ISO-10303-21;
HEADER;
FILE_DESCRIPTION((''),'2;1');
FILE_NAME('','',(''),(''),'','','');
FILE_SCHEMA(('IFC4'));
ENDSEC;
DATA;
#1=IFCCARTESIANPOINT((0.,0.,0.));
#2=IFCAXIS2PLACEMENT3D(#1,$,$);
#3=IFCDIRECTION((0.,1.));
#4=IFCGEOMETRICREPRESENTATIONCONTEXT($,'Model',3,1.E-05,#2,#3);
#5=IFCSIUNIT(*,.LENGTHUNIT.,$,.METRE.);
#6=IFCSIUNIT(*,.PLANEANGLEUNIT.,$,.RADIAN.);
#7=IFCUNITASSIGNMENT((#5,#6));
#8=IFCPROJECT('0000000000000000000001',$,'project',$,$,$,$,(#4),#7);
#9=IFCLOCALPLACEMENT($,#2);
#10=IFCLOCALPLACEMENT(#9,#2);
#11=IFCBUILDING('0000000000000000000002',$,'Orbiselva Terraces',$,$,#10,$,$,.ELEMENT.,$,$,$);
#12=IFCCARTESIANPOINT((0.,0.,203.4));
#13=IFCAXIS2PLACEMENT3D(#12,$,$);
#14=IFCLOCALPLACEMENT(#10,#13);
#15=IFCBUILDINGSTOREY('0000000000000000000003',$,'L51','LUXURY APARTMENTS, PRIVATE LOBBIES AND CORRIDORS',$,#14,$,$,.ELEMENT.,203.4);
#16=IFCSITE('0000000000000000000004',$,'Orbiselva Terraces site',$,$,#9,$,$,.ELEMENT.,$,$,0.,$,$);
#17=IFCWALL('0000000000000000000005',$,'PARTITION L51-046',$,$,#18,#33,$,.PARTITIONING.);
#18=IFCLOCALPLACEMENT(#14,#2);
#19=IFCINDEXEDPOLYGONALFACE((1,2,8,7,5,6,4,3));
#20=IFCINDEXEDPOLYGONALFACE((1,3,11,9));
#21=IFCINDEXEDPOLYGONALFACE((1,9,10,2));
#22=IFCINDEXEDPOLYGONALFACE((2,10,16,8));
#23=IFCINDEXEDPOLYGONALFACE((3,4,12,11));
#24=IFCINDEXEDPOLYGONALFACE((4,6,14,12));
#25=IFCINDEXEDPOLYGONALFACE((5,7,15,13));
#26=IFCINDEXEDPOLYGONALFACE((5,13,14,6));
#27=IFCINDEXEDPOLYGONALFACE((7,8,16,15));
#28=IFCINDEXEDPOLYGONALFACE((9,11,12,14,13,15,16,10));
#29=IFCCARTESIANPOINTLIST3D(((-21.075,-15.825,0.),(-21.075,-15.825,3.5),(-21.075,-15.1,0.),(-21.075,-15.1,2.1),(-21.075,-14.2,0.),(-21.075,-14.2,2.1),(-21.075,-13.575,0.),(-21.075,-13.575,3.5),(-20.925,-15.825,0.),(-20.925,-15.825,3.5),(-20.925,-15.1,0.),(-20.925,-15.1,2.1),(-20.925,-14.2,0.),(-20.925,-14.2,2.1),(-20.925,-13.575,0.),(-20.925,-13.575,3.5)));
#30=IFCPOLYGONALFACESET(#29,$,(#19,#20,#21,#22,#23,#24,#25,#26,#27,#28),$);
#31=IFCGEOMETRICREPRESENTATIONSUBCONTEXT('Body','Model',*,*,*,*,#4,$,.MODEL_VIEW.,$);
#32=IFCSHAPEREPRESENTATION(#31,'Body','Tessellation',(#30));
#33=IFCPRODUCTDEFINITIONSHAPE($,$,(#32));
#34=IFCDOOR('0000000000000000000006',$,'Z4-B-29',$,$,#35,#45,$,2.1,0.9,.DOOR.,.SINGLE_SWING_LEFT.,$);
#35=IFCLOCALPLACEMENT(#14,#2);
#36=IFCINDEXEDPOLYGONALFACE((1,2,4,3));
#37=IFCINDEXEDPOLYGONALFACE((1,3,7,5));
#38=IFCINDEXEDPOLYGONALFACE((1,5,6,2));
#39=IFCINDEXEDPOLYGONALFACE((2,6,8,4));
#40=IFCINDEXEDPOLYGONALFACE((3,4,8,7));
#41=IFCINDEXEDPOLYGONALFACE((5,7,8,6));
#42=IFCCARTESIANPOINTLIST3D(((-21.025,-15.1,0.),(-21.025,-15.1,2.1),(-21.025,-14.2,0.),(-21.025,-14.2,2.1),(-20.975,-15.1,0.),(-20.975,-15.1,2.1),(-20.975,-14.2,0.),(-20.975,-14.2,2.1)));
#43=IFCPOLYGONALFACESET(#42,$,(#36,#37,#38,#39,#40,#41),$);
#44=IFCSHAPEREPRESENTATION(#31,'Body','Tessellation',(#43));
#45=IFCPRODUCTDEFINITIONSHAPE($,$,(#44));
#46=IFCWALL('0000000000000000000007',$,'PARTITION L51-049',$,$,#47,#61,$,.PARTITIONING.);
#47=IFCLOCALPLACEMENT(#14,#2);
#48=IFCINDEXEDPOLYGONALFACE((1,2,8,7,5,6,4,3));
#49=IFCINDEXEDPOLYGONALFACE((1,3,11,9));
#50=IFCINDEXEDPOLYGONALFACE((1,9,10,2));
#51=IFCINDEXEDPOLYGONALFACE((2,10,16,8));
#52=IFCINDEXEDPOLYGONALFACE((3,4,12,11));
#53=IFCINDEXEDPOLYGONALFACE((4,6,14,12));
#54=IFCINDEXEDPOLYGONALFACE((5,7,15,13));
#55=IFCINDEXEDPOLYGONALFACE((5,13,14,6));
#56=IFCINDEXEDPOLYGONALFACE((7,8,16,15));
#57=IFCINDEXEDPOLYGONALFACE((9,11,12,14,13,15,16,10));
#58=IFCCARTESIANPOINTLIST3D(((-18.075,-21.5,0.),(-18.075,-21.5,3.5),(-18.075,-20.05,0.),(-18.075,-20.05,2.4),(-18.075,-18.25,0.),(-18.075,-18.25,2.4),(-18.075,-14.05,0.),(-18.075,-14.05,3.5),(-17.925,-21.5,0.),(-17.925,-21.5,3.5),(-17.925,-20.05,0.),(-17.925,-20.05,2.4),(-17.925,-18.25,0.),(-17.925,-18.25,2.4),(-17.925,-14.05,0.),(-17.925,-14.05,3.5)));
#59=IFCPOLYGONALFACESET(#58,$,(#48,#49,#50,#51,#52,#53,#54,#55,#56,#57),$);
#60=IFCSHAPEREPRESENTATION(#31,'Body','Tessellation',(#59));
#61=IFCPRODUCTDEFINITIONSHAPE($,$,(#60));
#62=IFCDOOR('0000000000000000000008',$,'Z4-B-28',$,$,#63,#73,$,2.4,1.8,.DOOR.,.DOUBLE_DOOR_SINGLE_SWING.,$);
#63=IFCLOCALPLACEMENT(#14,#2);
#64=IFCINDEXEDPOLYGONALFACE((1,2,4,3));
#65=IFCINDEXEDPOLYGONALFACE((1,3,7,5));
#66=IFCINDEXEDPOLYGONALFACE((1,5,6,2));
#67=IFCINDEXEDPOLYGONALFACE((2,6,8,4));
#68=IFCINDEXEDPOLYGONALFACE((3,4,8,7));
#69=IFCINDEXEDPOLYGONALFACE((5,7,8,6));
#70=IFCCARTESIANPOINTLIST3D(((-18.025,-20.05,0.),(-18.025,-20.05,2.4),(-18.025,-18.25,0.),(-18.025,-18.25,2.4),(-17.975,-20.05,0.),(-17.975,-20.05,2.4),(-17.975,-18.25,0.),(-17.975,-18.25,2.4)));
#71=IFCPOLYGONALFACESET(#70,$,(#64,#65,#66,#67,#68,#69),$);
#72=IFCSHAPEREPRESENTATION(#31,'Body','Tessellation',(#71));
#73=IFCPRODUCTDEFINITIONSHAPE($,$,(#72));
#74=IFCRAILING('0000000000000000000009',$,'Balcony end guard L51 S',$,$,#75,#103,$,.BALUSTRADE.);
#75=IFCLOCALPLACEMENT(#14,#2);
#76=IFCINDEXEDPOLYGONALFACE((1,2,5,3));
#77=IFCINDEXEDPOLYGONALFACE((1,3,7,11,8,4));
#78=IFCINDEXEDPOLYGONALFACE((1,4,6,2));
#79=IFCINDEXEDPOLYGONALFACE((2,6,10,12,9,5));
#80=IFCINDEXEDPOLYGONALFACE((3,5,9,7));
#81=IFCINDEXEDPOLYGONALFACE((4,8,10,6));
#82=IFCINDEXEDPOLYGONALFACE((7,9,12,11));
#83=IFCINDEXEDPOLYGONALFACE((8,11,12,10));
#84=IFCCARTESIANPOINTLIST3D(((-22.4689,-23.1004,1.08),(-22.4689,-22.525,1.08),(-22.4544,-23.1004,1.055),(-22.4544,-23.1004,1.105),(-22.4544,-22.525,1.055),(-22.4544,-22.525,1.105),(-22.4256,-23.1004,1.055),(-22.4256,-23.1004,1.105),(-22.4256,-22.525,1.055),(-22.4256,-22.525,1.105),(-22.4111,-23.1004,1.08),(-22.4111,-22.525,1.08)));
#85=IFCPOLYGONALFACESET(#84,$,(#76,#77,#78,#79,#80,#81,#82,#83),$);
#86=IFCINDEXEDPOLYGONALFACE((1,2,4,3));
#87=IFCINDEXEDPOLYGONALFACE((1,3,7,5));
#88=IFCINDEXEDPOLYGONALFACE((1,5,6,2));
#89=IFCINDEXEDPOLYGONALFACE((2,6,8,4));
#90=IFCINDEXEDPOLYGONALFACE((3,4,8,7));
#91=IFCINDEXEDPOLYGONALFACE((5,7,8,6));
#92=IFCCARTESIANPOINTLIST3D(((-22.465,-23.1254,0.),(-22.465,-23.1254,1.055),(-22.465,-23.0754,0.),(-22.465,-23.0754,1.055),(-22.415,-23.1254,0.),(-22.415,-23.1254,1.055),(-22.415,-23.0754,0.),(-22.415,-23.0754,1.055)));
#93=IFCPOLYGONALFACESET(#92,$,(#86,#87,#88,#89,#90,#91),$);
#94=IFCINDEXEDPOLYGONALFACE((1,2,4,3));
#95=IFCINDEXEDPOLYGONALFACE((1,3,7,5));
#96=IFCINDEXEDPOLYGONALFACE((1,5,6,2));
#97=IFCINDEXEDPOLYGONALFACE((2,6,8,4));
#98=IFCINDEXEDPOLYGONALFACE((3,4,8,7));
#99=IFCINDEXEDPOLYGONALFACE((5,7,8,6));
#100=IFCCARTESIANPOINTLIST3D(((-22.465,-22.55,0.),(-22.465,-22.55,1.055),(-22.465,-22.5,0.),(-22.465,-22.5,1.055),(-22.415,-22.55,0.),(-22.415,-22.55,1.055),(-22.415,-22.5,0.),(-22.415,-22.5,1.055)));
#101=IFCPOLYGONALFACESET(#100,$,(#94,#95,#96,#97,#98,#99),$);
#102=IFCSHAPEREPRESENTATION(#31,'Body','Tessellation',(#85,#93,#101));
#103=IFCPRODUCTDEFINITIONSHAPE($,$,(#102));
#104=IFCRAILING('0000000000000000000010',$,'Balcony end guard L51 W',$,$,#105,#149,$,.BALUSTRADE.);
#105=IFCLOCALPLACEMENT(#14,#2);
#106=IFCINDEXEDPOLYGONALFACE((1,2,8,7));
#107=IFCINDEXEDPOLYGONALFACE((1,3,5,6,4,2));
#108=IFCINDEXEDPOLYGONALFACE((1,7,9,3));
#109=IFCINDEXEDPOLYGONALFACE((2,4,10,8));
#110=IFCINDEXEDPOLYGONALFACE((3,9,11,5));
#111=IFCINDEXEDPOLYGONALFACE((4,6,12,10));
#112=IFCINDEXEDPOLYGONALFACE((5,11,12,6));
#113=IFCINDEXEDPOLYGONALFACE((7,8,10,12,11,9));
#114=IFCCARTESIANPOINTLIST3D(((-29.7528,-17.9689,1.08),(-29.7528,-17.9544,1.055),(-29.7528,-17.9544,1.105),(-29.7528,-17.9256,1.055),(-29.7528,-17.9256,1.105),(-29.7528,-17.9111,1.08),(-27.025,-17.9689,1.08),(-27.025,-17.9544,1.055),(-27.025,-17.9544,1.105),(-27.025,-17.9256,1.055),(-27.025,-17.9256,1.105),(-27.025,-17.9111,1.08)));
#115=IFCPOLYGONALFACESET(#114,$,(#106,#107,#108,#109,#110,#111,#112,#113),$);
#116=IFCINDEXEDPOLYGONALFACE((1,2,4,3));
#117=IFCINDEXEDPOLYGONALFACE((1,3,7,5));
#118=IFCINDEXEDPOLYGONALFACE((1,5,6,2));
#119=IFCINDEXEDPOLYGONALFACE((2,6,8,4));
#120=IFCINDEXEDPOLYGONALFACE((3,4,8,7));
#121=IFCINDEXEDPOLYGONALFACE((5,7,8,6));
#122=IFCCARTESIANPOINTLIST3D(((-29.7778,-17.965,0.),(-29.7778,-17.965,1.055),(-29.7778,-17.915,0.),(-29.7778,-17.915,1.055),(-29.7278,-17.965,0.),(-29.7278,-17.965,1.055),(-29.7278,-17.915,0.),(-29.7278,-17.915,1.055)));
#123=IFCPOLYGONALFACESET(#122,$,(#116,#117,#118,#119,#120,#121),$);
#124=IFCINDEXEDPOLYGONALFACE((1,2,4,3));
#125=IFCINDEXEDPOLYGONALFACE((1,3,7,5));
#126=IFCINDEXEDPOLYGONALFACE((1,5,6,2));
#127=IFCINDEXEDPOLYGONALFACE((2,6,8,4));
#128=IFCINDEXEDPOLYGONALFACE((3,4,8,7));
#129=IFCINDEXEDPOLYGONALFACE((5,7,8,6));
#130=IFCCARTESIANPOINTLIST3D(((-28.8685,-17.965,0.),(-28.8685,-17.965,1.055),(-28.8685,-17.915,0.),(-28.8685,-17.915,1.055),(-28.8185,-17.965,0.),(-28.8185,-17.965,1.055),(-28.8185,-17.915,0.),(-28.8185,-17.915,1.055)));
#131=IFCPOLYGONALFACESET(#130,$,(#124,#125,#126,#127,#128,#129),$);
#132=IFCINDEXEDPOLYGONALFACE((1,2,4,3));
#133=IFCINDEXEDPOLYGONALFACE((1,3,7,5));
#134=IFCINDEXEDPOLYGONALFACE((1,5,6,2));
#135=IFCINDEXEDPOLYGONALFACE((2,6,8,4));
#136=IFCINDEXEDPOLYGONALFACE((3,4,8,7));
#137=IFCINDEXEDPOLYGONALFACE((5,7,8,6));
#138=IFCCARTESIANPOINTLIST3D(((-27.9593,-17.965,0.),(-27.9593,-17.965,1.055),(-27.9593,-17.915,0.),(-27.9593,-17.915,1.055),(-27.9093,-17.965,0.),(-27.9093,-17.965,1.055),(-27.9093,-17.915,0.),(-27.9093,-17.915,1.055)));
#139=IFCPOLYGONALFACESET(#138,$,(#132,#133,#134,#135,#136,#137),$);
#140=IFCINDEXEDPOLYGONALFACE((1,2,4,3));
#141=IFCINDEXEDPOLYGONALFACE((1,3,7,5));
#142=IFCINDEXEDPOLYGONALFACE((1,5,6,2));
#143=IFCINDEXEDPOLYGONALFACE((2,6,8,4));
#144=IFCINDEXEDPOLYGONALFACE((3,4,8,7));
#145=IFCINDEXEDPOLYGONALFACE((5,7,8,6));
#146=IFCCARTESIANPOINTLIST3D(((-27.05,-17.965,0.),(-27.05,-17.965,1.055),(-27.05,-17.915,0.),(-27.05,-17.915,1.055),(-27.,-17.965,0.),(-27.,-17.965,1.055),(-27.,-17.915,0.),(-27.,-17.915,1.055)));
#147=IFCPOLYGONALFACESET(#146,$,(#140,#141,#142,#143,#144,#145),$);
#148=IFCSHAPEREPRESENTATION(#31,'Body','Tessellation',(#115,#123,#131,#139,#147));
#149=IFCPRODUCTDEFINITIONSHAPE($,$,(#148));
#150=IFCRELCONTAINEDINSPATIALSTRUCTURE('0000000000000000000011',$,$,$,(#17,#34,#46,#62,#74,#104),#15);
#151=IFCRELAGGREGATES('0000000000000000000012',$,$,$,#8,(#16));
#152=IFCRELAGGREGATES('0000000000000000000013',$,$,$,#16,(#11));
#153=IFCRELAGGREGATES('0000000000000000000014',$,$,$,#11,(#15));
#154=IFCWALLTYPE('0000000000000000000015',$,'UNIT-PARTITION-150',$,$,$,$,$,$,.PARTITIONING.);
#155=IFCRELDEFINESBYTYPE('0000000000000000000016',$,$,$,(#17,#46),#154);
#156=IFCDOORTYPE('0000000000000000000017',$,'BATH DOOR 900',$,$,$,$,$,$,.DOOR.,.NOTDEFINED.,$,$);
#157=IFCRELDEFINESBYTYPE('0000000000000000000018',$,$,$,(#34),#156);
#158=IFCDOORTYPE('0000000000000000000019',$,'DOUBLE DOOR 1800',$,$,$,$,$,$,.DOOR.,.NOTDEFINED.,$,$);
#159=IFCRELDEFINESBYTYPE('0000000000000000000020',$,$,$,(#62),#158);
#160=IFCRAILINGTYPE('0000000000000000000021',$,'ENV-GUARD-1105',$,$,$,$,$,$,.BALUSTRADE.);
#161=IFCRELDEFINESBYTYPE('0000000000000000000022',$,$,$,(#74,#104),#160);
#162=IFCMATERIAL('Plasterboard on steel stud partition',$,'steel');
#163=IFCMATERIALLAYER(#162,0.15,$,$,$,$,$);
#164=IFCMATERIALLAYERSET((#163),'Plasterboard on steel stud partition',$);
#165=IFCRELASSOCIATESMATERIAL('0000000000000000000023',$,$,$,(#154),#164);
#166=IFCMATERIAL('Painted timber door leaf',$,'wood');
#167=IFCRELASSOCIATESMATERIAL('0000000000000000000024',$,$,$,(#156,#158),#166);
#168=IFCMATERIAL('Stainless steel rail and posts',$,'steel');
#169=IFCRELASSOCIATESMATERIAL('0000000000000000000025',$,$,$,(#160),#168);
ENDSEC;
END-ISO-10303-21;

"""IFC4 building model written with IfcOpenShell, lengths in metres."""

from ifc_helpers import new_model, si_unit, direction, frame, frame_2d, origin, origin_2d, place, context, subcontext, project, spatial, polyline, rectangle, outline, extrude, material, layer, layer_set, type_object, element, fill, save


model = new_model("IFC4")

# Units and contexts
model_context = context("Model", 3, precision=1e-05, world=origin(), true_north=direction((0.0, 1.0)))
body_context = subcontext(model_context, "Body", "Model", "MODEL_VIEW")
ifc_project = project(units=[si_unit("LENGTHUNIT", "METRE"), si_unit("PLANEANGLEUNIT", "RADIAN")], contexts=[model_context])

# Site, building, storey
site_placement = place(None, origin())
site = spatial("IfcSite", under=ifc_project, at=site_placement, Name="Orbiselva Terraces site", CompositionType="ELEMENT", RefElevation=0.0)
building_placement = place(site_placement, origin())
building = spatial("IfcBuilding", under=site, at=building_placement, Name="Orbiselva Terraces", CompositionType="ELEMENT")
storey_placement = place(building_placement, frame((0.0, 0.0, 203.4)))
storey = spatial("IfcBuildingStorey", under=building, at=storey_placement, Name="L51", Description="LUXURY APARTMENTS, PRIVATE LOBBIES AND CORRIDORS", CompositionType="ELEMENT", Elevation=203.4)

# Shared definitions
ifc_material_1 = material(Name="Plasterboard on steel stud partition", Category="steel")
ifc_layer_1 = layer(ifc_material_1, 0.15)
ifc_layer_set_1 = layer_set([ifc_layer_1], Name="Plasterboard on steel stud partition")
wall_type_1 = type_object("IfcWallType", Name="UNIT-PARTITION-150", PredefinedType="PARTITIONING", material=ifc_layer_set_1)

# Walls, openings, doors
wall_1_placement = place(storey_placement, frame((-21.0, -13.575, 0.0), z_axis=(0.0, 0.0, 1.0), x_axis=(0.0, -1.0, 0.0)))
wall_1 = element("IfcWall", 1, at=wall_1_placement, inside=storey, type_object=wall_type_1, Name="PARTITION L51-046", PredefinedType="PARTITIONING", context=body_context, shape_type="SweptSolid", body=[
    extrude(rectangle(XDim=2.25, YDim=0.15, at=frame_2d((1.125, 0.0))), origin(), (0.0, 0.0, 1.0), 3.5),
])
opening_1_placement = place(wall_1_placement, frame((0.625, 0.0, 0.0)))
opening_1 = element("IfcOpeningElement", 2, at=opening_1_placement, cuts=wall_1, PredefinedType="OPENING", context=body_context, shape_type="SweptSolid", body=[
    extrude(rectangle(XDim=0.9, YDim=2.1, at=frame_2d((0.45, 1.05))), frame((0.0, 0.085, 0.0), z_axis=(0.0, -1.0, 0.0), x_axis=(1.0, 0.0, 0.0)), (0.0, 0.0, 1.0), 0.17),
])
ifc_material_2 = material(Name="Painted timber door leaf", Category="wood")
door_type_1 = type_object("IfcDoorType", Name="BATH DOOR 900", OperationType="NOTDEFINED", PredefinedType="DOOR", material=ifc_material_2)
door_1_placement = place(opening_1_placement, origin())
door_1 = element("IfcDoor", 3, at=door_1_placement, inside=storey, type_object=door_type_1, Name="Z4-B-29", OperationType="SINGLE_SWING_LEFT", OverallHeight=2.1, OverallWidth=0.9, PredefinedType="DOOR", context=body_context, shape_type="SweptSolid", body=[
    extrude(rectangle(XDim=0.9, YDim=2.1, at=frame_2d((0.45, 1.05))), frame((0.0, 0.025, 0.0), z_axis=(0.0, -1.0, 0.0), x_axis=(1.0, 0.0, 0.0)), (0.0, 0.0, 1.0), 0.05),
])
fill(opening_1, door_1)
wall_2_placement = place(storey_placement, frame((-18.0, -21.5, 0.0), z_axis=(0.0, 0.0, 1.0), x_axis=(0.0, 1.0, 0.0)))
wall_2 = element("IfcWall", 4, at=wall_2_placement, inside=storey, type_object=wall_type_1, Name="PARTITION L51-049", PredefinedType="PARTITIONING", context=body_context, shape_type="SweptSolid", body=[
    extrude(rectangle(XDim=7.45, YDim=0.15, at=frame_2d((3.725, 0.0))), origin(), (0.0, 0.0, 1.0), 3.5),
])
opening_2_placement = place(wall_2_placement, frame((1.45, 0.0, 0.0)))
opening_2 = element("IfcOpeningElement", 5, at=opening_2_placement, cuts=wall_2, PredefinedType="OPENING", context=body_context, shape_type="SweptSolid", body=[
    extrude(rectangle(XDim=1.8, YDim=2.4, at=frame_2d((0.9, 1.2))), frame((0.0, 0.085, 0.0), z_axis=(0.0, -1.0, 0.0), x_axis=(1.0, 0.0, 0.0)), (0.0, 0.0, 1.0), 0.17),
])
door_type_2 = type_object("IfcDoorType", Name="DOUBLE DOOR 1800", OperationType="NOTDEFINED", PredefinedType="DOOR", material=ifc_material_2)
door_2_placement = place(opening_2_placement, origin())
door_2 = element("IfcDoor", 6, at=door_2_placement, inside=storey, type_object=door_type_2, Name="Z4-B-28", OperationType="DOUBLE_DOOR_SINGLE_SWING", OverallHeight=2.4, OverallWidth=1.8, PredefinedType="DOOR", context=body_context, shape_type="SweptSolid", body=[
    extrude(rectangle(XDim=1.8, YDim=2.4, at=frame_2d((0.9, 1.2))), frame((0.0, 0.025, 0.0), z_axis=(0.0, -1.0, 0.0), x_axis=(1.0, 0.0, 0.0)), (0.0, 0.0, 1.0), 0.05),
])
fill(opening_2, door_2)

# Railings
ifc_material_3 = material(Name="Stainless steel rail and posts", Category="steel")
railing_type_1 = type_object("IfcRailingType", Name="ENV-GUARD-1105", PredefinedType="BALUSTRADE", material=ifc_material_3)
railing_1_placement = place(storey_placement, frame((-22.44, -23.1004, 0.0)))
element("IfcRailing", 7, at=railing_1_placement, inside=storey, type_object=railing_type_1, Name="Balcony end guard L51 S", PredefinedType="BALUSTRADE", context=body_context, shape_type="SweptSolid", body=[
    extrude(outline(polyline([(0.0289, 0.0), (0.0144, 0.025), (-0.0144, 0.025), (-0.0289, 0.0), (-0.0144, -0.025), (0.0144, -0.025), (0.0289, 0.0)])), frame((0.0, 0.0, 1.08), z_axis=(0.0, 1.0, 0.0), x_axis=(-1.0, 0.0, 0.0)), (0.0, 0.0, 1.0), 0.5754),
    extrude(rectangle(XDim=0.05, YDim=0.05, at=origin_2d()), origin(), (0.0, 0.0, 1.0), 1.055),
    extrude(rectangle(XDim=0.05, YDim=0.05, at=origin_2d()), frame((0.0, 0.5754, 0.0)), (0.0, 0.0, 1.0), 1.055),
])
railing_2_placement = place(storey_placement, frame((-29.7528, -17.94, 0.0)))
element("IfcRailing", 8, at=railing_2_placement, inside=storey, type_object=railing_type_1, Name="Balcony end guard L51 W", PredefinedType="BALUSTRADE", context=body_context, shape_type="SweptSolid", body=[
    extrude(outline(polyline([(0.0289, 0.0), (0.0144, 0.025), (-0.0144, 0.025), (-0.0289, 0.0), (-0.0144, -0.025), (0.0144, -0.025), (0.0289, 0.0)])), frame((0.0, 0.0, 1.08), z_axis=(1.0, 0.0, 0.0), x_axis=(0.0, 1.0, 0.0)), (0.0, 0.0, 1.0), 2.7278),
    extrude(rectangle(XDim=0.05, YDim=0.05, at=origin_2d()), origin(), (0.0, 0.0, 1.0), 1.055),
    extrude(rectangle(XDim=0.05, YDim=0.05, at=origin_2d()), frame((0.9093, 0.0, 0.0)), (0.0, 0.0, 1.0), 1.055),
    extrude(rectangle(XDim=0.05, YDim=0.05, at=origin_2d()), frame((1.8185, 0.0, 0.0)), (0.0, 0.0, 1.0), 1.055),
    extrude(rectangle(XDim=0.05, YDim=0.05, at=origin_2d()), frame((2.7278, 0.0, 0.0)), (0.0, 0.0, 1.0), 1.055),
])

save(model, "model.ifc")
